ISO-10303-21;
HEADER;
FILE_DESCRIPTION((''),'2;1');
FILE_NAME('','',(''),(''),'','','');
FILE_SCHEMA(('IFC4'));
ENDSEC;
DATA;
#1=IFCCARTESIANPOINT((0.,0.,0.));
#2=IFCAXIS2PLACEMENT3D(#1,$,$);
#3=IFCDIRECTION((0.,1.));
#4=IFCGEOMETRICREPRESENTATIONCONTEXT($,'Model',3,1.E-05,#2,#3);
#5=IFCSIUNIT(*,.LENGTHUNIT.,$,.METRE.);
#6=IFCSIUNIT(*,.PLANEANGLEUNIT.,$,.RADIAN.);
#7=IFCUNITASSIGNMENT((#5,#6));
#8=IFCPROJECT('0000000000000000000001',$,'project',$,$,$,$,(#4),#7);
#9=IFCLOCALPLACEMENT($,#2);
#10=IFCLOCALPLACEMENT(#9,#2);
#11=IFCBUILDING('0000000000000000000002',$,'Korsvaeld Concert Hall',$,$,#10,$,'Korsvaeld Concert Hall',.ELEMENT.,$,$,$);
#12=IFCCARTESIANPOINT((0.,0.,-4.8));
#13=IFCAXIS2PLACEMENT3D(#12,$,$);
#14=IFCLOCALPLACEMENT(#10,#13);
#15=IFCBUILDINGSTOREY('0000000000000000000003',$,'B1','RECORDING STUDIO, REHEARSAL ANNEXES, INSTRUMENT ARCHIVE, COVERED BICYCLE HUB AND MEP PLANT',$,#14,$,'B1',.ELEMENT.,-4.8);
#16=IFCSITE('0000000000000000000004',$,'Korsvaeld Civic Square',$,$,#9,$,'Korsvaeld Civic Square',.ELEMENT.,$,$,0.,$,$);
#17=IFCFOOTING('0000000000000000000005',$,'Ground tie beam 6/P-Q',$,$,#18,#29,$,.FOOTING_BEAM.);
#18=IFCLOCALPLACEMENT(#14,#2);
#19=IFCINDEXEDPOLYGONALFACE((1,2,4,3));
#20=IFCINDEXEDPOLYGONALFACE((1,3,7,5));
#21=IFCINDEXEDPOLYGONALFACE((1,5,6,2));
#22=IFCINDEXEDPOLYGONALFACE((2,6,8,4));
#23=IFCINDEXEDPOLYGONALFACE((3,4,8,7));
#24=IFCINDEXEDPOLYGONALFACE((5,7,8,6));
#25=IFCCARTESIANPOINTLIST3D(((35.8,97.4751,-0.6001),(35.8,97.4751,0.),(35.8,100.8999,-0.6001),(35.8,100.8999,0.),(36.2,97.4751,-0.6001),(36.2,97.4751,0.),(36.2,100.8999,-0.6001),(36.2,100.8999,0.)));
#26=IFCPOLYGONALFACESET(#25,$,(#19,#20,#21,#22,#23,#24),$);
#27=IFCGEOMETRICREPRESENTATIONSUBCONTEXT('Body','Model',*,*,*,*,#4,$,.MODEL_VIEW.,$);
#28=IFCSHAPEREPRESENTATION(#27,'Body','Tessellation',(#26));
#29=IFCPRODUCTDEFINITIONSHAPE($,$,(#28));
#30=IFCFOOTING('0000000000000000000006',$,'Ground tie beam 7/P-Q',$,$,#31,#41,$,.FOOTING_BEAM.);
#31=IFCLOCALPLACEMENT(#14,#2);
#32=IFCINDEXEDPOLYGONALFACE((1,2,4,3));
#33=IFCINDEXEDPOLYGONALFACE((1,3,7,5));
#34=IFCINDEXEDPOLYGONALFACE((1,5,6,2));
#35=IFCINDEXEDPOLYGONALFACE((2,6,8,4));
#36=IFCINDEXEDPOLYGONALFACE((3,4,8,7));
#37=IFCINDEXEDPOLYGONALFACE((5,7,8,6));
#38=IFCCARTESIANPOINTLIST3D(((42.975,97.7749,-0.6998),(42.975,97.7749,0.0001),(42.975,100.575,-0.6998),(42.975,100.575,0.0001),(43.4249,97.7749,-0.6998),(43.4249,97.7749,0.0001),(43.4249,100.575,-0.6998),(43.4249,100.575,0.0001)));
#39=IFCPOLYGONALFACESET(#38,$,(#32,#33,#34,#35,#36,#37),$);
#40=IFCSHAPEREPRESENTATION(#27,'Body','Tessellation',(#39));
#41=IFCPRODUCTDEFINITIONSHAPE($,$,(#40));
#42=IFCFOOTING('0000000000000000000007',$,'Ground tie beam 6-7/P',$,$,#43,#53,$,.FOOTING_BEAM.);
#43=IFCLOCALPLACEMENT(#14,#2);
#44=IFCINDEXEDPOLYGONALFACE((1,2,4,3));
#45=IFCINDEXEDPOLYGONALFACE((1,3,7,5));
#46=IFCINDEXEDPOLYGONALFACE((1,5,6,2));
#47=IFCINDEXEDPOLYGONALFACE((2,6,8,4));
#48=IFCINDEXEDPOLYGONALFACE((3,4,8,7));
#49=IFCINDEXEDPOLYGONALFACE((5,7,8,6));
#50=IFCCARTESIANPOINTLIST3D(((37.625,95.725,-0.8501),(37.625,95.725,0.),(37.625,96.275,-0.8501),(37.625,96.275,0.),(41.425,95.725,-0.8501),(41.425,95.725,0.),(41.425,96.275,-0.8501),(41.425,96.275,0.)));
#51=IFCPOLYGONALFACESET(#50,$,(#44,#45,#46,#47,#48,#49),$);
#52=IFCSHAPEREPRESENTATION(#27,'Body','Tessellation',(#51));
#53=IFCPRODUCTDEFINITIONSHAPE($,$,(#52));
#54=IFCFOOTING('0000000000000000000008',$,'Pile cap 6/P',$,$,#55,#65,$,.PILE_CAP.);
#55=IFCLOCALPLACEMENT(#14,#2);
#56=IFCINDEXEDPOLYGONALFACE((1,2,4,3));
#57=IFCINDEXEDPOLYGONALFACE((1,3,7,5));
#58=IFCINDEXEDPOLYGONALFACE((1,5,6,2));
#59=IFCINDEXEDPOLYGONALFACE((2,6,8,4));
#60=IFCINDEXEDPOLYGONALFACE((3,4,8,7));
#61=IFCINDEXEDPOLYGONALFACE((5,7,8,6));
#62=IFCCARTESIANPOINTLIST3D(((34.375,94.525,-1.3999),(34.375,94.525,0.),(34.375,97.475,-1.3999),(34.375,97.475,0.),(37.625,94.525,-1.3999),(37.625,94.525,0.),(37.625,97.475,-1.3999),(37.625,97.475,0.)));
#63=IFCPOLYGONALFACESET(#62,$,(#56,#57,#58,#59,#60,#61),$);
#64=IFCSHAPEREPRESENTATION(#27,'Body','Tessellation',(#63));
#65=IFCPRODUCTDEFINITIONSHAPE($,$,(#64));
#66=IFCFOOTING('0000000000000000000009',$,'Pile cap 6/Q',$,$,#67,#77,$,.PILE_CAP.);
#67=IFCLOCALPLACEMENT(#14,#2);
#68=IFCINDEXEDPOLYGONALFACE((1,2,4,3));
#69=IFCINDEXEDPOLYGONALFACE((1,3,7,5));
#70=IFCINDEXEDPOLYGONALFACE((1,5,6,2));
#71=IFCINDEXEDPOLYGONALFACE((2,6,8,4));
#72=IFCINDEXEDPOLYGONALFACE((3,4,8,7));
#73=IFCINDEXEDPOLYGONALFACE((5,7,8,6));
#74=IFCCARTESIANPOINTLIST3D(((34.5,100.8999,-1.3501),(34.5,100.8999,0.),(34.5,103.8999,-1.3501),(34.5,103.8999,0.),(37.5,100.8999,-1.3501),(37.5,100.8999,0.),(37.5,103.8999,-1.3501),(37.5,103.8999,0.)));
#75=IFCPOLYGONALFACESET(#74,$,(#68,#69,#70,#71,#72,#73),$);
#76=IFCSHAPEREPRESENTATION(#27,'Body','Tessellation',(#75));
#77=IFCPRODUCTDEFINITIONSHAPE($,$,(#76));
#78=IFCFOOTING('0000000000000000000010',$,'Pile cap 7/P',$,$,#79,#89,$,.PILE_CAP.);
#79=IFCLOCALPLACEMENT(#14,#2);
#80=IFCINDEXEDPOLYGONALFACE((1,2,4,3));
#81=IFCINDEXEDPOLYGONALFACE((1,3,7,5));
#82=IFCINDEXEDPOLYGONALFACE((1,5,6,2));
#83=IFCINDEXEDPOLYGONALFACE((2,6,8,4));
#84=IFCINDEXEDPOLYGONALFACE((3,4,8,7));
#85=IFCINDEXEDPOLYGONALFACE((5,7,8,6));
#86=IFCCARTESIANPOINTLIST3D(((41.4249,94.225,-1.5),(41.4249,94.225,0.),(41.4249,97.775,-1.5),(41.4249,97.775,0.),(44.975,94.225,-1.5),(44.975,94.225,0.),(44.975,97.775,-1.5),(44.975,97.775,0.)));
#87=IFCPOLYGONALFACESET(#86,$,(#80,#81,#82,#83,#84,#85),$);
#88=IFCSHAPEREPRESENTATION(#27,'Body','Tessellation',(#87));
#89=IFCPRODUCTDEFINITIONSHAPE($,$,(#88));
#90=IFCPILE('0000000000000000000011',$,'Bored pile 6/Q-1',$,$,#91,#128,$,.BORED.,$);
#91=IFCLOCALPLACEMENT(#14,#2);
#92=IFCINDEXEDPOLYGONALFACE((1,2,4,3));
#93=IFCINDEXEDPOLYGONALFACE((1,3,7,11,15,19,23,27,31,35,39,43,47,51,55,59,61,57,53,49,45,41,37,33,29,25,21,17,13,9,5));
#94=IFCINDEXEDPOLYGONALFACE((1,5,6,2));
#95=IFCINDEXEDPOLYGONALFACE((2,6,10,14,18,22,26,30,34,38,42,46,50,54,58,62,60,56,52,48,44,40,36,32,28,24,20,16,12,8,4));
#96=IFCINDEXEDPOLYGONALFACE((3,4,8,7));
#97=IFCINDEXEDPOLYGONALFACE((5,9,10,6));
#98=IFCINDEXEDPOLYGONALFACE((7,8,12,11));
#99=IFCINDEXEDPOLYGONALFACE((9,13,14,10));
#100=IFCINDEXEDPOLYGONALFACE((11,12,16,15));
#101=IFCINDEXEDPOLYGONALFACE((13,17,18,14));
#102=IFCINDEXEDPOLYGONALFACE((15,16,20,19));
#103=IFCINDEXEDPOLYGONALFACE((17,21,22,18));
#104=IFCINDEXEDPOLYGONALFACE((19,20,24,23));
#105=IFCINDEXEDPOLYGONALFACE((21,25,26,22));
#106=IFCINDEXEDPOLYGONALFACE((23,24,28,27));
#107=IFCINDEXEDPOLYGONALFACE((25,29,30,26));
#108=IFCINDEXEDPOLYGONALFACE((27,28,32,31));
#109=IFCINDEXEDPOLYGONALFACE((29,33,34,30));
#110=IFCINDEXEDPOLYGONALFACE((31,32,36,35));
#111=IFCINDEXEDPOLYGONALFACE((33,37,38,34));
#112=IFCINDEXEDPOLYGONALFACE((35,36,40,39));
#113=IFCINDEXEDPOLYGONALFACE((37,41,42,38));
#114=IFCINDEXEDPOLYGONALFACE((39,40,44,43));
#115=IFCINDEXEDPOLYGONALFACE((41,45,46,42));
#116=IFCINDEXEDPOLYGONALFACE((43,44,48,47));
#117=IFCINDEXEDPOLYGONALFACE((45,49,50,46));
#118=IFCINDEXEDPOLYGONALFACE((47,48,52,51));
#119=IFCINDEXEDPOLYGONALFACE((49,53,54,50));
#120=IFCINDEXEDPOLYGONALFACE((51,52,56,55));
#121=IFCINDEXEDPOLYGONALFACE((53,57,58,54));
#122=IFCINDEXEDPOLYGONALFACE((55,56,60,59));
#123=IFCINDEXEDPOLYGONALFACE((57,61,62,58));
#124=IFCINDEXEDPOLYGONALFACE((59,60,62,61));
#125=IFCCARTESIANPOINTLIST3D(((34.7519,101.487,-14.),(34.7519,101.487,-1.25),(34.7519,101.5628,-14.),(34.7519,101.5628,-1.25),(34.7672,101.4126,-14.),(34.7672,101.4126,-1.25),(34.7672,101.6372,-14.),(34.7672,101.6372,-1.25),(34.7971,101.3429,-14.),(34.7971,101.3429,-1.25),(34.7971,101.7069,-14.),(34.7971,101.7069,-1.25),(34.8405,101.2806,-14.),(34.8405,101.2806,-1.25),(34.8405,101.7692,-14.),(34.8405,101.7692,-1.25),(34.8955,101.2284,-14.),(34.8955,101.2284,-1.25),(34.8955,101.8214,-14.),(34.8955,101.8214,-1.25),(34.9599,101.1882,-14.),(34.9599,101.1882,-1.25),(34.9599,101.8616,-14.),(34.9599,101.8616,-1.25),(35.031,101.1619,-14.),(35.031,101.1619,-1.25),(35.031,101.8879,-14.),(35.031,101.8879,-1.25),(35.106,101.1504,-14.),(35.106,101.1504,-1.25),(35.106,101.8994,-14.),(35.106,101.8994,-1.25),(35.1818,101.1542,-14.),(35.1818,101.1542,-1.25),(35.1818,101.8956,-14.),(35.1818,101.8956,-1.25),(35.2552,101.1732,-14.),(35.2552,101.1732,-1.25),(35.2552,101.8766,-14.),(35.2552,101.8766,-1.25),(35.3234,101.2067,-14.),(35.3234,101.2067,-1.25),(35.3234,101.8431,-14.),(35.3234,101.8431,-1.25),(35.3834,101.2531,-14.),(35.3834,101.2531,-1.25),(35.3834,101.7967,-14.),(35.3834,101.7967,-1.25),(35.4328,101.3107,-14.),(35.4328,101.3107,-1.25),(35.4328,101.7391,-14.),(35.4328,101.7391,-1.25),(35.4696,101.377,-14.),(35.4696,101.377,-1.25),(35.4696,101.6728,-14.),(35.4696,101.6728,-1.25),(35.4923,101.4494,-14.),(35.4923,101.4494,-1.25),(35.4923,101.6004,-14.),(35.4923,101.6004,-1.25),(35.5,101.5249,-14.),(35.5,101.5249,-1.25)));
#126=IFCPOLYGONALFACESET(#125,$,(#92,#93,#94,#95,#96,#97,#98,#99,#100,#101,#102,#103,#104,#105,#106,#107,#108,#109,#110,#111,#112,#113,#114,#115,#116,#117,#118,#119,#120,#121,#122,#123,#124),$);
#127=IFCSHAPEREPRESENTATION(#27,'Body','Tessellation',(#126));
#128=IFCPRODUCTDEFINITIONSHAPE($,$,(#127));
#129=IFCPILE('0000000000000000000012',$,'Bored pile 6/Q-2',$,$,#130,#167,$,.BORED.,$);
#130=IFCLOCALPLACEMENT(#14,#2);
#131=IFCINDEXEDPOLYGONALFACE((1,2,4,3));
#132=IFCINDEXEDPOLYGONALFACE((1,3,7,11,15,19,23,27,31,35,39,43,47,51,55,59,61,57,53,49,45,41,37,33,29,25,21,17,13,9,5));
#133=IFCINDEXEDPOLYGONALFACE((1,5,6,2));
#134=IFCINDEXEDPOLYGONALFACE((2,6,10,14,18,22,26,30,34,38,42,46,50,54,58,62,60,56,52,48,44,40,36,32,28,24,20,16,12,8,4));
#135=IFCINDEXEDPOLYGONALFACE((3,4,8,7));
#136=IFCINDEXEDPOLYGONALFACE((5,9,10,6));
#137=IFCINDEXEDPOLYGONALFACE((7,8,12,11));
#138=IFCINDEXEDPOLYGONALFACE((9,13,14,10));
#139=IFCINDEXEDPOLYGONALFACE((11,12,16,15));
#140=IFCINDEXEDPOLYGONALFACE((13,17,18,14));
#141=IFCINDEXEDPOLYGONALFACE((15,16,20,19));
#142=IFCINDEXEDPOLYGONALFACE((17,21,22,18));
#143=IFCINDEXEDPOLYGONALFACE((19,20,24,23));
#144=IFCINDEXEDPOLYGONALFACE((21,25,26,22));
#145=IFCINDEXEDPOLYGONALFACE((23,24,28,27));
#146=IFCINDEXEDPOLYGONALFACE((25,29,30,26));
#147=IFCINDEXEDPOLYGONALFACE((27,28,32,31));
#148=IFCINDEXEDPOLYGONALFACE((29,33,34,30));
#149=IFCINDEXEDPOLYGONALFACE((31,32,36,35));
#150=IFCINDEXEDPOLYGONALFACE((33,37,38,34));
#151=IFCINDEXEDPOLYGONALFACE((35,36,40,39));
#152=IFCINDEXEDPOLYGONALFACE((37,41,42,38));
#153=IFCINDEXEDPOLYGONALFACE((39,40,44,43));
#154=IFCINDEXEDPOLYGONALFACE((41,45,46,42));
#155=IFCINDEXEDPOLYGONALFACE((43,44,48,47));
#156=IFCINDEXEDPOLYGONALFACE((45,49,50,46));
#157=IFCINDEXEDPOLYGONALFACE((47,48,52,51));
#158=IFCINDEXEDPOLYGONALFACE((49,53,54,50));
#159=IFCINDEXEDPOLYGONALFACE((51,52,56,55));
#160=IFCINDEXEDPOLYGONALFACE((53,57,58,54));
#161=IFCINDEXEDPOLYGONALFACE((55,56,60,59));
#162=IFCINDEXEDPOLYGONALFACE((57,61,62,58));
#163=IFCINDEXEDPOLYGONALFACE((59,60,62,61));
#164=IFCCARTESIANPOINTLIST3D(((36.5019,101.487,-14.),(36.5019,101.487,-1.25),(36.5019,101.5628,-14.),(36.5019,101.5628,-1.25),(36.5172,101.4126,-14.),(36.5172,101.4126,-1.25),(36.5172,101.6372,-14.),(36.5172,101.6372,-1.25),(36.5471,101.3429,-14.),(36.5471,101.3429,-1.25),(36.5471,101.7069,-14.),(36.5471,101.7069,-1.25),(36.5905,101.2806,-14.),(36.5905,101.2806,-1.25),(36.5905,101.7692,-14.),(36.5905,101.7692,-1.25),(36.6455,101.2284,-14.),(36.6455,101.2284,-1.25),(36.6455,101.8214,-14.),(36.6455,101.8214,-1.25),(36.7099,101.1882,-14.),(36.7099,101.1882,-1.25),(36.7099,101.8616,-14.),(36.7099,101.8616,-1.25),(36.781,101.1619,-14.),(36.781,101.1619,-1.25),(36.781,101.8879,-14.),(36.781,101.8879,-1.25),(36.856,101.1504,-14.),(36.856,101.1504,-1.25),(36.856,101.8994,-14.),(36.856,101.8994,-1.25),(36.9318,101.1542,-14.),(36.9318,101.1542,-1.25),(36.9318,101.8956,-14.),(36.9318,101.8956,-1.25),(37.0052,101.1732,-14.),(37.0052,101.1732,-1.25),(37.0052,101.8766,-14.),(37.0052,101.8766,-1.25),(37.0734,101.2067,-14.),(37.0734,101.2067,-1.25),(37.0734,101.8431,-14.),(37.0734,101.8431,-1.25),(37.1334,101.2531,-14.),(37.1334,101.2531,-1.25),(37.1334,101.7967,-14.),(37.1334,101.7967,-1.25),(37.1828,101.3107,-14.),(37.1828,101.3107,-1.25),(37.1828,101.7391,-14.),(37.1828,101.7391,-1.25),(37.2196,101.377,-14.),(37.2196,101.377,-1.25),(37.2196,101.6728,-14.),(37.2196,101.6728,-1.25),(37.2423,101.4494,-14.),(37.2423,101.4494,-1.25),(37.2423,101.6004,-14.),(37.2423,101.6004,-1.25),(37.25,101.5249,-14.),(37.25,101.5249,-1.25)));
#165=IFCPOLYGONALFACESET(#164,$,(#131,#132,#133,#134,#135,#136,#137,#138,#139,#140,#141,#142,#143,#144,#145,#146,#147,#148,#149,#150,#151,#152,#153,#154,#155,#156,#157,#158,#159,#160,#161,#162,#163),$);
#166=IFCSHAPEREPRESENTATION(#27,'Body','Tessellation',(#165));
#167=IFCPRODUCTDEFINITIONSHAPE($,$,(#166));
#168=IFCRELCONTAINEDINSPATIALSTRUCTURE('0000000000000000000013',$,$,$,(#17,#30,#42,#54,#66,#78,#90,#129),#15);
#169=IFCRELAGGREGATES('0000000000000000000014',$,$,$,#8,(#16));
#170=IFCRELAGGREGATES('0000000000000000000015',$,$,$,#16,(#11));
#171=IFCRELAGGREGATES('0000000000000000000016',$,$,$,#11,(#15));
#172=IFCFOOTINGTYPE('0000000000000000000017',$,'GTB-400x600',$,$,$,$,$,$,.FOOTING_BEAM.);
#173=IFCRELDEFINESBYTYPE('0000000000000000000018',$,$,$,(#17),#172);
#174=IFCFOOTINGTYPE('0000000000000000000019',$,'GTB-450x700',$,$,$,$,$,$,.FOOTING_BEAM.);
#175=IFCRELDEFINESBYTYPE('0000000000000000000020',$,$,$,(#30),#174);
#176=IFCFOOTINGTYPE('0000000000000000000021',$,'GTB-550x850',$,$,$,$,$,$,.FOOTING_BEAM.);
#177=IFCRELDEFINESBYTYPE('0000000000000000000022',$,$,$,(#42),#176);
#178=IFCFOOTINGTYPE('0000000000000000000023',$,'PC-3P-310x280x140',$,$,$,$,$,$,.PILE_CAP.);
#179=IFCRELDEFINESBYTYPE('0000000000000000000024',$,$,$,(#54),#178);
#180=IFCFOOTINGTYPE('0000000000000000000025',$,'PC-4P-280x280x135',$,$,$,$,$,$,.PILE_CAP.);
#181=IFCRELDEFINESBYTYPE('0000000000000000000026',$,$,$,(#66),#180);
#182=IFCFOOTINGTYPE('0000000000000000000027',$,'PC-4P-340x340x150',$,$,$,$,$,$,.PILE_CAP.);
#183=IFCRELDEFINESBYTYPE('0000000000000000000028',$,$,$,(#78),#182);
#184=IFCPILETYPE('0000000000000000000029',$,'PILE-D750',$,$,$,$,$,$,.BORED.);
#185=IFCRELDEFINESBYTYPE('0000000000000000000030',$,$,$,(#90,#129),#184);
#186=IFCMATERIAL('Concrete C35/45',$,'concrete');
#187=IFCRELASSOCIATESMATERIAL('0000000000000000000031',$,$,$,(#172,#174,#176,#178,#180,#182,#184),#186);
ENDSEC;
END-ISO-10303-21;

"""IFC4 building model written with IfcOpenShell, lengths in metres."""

from ifc_helpers import new_model, si_unit, direction, frame, origin, origin_2d, place, context, subcontext, project, spatial, rectangle, circle, extrude, material, material_profile, profile_set, type_object, element, save


model = new_model("IFC4")

# Units and contexts
model_context = context("Model", 3, precision=1e-05, world=origin(), true_north=direction((0.0, 1.0)))
body_context = subcontext(model_context, "Body", "Model", "MODEL_VIEW")
ifc_project = project(units=[si_unit("LENGTHUNIT", "METRE"), si_unit("PLANEANGLEUNIT", "RADIAN")], contexts=[model_context])

# Site, building, storey
site_placement = place(None, origin())
site = spatial("IfcSite", under=ifc_project, at=site_placement, Name="Korsvaeld Civic Square", LongName="Korsvaeld Civic Square", CompositionType="ELEMENT", RefElevation=0.0)
building_placement = place(site_placement, origin())
building = spatial("IfcBuilding", under=site, at=building_placement, Name="Korsvaeld Concert Hall", LongName="Korsvaeld Concert Hall", CompositionType="ELEMENT")
storey_placement = place(building_placement, frame((0.0, 0.0, -4.8)))
storey = spatial("IfcBuildingStorey", under=building, at=storey_placement, Name="B1", Description="RECORDING STUDIO, REHEARSAL ANNEXES, INSTRUMENT ARCHIVE, COVERED BICYCLE HUB AND MEP PLANT", LongName="B1", CompositionType="ELEMENT", Elevation=-4.8)

# Footings
ifc_material_1 = material(Name="Concrete C35/45", Category="concrete")
ifc_material_profile_1 = material_profile(ifc_material_1, rectangle(XDim=0.3999, YDim=0.6001, at=origin_2d()), Name="GTB 400x600")
ifc_profile_set_1 = profile_set([ifc_material_profile_1], Name="Concrete C35/45")
footing_type_1 = type_object("IfcFootingType", Name="GTB-400x600", PredefinedType="FOOTING_BEAM", material=ifc_profile_set_1)
footing_1_placement = place(storey_placement, frame((36.0, 97.4751, -0.3), z_axis=(0.0, 1.0, 0.0), x_axis=(-1.0, 0.0, 0.0)))
element("IfcFooting", 1, at=footing_1_placement, inside=storey, type_object=footing_type_1, Name="Ground tie beam 6/P-Q", PredefinedType="FOOTING_BEAM", context=body_context, shape_type="SweptSolid", body=[
    extrude(rectangle(XDim=0.3999, YDim=0.6001, at=origin_2d()), origin(), (0.0, 0.0, 1.0), 3.4248),
])
ifc_material_profile_2 = material_profile(ifc_material_1, rectangle(XDim=0.45, YDim=0.7, at=origin_2d()), Name="GTB 450x700")
ifc_profile_set_2 = profile_set([ifc_material_profile_2], Name="Concrete C35/45")
footing_type_2 = type_object("IfcFootingType", Name="GTB-450x700", PredefinedType="FOOTING_BEAM", material=ifc_profile_set_2)
footing_2_placement = place(storey_placement, frame((43.2, 97.7749, -0.3499), z_axis=(0.0, 1.0, 0.0), x_axis=(-1.0, 0.0, 0.0)))
element("IfcFooting", 2, at=footing_2_placement, inside=storey, type_object=footing_type_2, Name="Ground tie beam 7/P-Q", PredefinedType="FOOTING_BEAM", context=body_context, shape_type="SweptSolid", body=[
    extrude(rectangle(XDim=0.45, YDim=0.7, at=origin_2d()), origin(), (0.0, 0.0, 1.0), 2.8),
])
ifc_material_profile_3 = material_profile(ifc_material_1, rectangle(XDim=0.55, YDim=0.8501, at=origin_2d()), Name="GTB 550x850")
ifc_profile_set_3 = profile_set([ifc_material_profile_3], Name="Concrete C35/45")
footing_type_3 = type_object("IfcFootingType", Name="GTB-550x850", PredefinedType="FOOTING_BEAM", material=ifc_profile_set_3)
footing_3_placement = place(storey_placement, frame((37.625, 96.0, -0.425), z_axis=(1.0, 0.0, 0.0), x_axis=(0.0, 1.0, 0.0)))
element("IfcFooting", 3, at=footing_3_placement, inside=storey, type_object=footing_type_3, Name="Ground tie beam 6-7/P", PredefinedType="FOOTING_BEAM", context=body_context, shape_type="SweptSolid", body=[
    extrude(rectangle(XDim=0.55, YDim=0.8501, at=origin_2d()), origin(), (0.0, 0.0, 1.0), 3.8),
])
footing_type_4 = type_object("IfcFootingType", Name="PC-3P-310x280x140", PredefinedType="PILE_CAP", material=ifc_material_1)
footing_4_placement = place(storey_placement, frame((36.0, 96.0, -1.3999), z_axis=(0.0, 0.0, 1.0), x_axis=(1.0, 0.0, 0.0)))
element("IfcFooting", 4, at=footing_4_placement, inside=storey, type_object=footing_type_4, Name="Pile cap 6/P", PredefinedType="PILE_CAP", context=body_context, shape_type="SweptSolid", body=[
    extrude(rectangle(XDim=3.25, YDim=2.95, at=origin_2d()), origin(), (0.0, 0.0, 1.0), 1.3999),
])
footing_type_5 = type_object("IfcFootingType", Name="PC-4P-280x280x135", PredefinedType="PILE_CAP", material=ifc_material_1)
footing_5_placement = place(storey_placement, frame((36.0, 102.3999, -1.3501), z_axis=(0.0, 0.0, 1.0), x_axis=(1.0, 0.0, 0.0)))
element("IfcFooting", 5, at=footing_5_placement, inside=storey, type_object=footing_type_5, Name="Pile cap 6/Q", PredefinedType="PILE_CAP", context=body_context, shape_type="SweptSolid", body=[
    extrude(rectangle(XDim=3.0, YDim=3.0, at=origin_2d()), origin(), (0.0, 0.0, 1.0), 1.3501),
])
footing_type_6 = type_object("IfcFootingType", Name="PC-4P-340x340x150", PredefinedType="PILE_CAP", material=ifc_material_1)
footing_6_placement = place(storey_placement, frame((43.2, 96.0, -1.5), z_axis=(0.0, 0.0, 1.0), x_axis=(1.0, 0.0, 0.0)))
element("IfcFooting", 6, at=footing_6_placement, inside=storey, type_object=footing_type_6, Name="Pile cap 7/P", PredefinedType="PILE_CAP", context=body_context, shape_type="SweptSolid", body=[
    extrude(rectangle(XDim=3.55, YDim=3.55, at=origin_2d()), origin(), (0.0, 0.0, 1.0), 1.5),
])

# Piles
ifc_material_profile_4 = material_profile(ifc_material_1, circle(Radius=0.375, at=origin_2d()), Name="BORED PILE D750")
ifc_profile_set_4 = profile_set([ifc_material_profile_4], Name="Concrete C35/45")
pile_type_1 = type_object("IfcPileType", Name="PILE-D750", PredefinedType="BORED", material=ifc_profile_set_4)
for number, where, z_axis, x_axis, name in (
    (7, (35.125, 101.5249, -1.25), (0.0, 0.0, -1.0), (1.0, 0.0, 0.0), "Bored pile 6/Q-1"),
    (8, (36.875, 101.5249, -1.25), (0.0, 0.0, -1.0), (1.0, 0.0, 0.0), "Bored pile 6/Q-2"),
):
    element("IfcPile", number, at=place(storey_placement, frame(where, z_axis=z_axis, x_axis=x_axis)), inside=storey, type_object=pile_type_1, Name=name, PredefinedType="BORED", context=body_context, shape_type="SweptSolid", body=[
        extrude(circle(Radius=0.375, at=origin_2d()), origin(), (0.0, 0.0, 1.0), 12.75),
    ])

save(model, "model.ifc")
